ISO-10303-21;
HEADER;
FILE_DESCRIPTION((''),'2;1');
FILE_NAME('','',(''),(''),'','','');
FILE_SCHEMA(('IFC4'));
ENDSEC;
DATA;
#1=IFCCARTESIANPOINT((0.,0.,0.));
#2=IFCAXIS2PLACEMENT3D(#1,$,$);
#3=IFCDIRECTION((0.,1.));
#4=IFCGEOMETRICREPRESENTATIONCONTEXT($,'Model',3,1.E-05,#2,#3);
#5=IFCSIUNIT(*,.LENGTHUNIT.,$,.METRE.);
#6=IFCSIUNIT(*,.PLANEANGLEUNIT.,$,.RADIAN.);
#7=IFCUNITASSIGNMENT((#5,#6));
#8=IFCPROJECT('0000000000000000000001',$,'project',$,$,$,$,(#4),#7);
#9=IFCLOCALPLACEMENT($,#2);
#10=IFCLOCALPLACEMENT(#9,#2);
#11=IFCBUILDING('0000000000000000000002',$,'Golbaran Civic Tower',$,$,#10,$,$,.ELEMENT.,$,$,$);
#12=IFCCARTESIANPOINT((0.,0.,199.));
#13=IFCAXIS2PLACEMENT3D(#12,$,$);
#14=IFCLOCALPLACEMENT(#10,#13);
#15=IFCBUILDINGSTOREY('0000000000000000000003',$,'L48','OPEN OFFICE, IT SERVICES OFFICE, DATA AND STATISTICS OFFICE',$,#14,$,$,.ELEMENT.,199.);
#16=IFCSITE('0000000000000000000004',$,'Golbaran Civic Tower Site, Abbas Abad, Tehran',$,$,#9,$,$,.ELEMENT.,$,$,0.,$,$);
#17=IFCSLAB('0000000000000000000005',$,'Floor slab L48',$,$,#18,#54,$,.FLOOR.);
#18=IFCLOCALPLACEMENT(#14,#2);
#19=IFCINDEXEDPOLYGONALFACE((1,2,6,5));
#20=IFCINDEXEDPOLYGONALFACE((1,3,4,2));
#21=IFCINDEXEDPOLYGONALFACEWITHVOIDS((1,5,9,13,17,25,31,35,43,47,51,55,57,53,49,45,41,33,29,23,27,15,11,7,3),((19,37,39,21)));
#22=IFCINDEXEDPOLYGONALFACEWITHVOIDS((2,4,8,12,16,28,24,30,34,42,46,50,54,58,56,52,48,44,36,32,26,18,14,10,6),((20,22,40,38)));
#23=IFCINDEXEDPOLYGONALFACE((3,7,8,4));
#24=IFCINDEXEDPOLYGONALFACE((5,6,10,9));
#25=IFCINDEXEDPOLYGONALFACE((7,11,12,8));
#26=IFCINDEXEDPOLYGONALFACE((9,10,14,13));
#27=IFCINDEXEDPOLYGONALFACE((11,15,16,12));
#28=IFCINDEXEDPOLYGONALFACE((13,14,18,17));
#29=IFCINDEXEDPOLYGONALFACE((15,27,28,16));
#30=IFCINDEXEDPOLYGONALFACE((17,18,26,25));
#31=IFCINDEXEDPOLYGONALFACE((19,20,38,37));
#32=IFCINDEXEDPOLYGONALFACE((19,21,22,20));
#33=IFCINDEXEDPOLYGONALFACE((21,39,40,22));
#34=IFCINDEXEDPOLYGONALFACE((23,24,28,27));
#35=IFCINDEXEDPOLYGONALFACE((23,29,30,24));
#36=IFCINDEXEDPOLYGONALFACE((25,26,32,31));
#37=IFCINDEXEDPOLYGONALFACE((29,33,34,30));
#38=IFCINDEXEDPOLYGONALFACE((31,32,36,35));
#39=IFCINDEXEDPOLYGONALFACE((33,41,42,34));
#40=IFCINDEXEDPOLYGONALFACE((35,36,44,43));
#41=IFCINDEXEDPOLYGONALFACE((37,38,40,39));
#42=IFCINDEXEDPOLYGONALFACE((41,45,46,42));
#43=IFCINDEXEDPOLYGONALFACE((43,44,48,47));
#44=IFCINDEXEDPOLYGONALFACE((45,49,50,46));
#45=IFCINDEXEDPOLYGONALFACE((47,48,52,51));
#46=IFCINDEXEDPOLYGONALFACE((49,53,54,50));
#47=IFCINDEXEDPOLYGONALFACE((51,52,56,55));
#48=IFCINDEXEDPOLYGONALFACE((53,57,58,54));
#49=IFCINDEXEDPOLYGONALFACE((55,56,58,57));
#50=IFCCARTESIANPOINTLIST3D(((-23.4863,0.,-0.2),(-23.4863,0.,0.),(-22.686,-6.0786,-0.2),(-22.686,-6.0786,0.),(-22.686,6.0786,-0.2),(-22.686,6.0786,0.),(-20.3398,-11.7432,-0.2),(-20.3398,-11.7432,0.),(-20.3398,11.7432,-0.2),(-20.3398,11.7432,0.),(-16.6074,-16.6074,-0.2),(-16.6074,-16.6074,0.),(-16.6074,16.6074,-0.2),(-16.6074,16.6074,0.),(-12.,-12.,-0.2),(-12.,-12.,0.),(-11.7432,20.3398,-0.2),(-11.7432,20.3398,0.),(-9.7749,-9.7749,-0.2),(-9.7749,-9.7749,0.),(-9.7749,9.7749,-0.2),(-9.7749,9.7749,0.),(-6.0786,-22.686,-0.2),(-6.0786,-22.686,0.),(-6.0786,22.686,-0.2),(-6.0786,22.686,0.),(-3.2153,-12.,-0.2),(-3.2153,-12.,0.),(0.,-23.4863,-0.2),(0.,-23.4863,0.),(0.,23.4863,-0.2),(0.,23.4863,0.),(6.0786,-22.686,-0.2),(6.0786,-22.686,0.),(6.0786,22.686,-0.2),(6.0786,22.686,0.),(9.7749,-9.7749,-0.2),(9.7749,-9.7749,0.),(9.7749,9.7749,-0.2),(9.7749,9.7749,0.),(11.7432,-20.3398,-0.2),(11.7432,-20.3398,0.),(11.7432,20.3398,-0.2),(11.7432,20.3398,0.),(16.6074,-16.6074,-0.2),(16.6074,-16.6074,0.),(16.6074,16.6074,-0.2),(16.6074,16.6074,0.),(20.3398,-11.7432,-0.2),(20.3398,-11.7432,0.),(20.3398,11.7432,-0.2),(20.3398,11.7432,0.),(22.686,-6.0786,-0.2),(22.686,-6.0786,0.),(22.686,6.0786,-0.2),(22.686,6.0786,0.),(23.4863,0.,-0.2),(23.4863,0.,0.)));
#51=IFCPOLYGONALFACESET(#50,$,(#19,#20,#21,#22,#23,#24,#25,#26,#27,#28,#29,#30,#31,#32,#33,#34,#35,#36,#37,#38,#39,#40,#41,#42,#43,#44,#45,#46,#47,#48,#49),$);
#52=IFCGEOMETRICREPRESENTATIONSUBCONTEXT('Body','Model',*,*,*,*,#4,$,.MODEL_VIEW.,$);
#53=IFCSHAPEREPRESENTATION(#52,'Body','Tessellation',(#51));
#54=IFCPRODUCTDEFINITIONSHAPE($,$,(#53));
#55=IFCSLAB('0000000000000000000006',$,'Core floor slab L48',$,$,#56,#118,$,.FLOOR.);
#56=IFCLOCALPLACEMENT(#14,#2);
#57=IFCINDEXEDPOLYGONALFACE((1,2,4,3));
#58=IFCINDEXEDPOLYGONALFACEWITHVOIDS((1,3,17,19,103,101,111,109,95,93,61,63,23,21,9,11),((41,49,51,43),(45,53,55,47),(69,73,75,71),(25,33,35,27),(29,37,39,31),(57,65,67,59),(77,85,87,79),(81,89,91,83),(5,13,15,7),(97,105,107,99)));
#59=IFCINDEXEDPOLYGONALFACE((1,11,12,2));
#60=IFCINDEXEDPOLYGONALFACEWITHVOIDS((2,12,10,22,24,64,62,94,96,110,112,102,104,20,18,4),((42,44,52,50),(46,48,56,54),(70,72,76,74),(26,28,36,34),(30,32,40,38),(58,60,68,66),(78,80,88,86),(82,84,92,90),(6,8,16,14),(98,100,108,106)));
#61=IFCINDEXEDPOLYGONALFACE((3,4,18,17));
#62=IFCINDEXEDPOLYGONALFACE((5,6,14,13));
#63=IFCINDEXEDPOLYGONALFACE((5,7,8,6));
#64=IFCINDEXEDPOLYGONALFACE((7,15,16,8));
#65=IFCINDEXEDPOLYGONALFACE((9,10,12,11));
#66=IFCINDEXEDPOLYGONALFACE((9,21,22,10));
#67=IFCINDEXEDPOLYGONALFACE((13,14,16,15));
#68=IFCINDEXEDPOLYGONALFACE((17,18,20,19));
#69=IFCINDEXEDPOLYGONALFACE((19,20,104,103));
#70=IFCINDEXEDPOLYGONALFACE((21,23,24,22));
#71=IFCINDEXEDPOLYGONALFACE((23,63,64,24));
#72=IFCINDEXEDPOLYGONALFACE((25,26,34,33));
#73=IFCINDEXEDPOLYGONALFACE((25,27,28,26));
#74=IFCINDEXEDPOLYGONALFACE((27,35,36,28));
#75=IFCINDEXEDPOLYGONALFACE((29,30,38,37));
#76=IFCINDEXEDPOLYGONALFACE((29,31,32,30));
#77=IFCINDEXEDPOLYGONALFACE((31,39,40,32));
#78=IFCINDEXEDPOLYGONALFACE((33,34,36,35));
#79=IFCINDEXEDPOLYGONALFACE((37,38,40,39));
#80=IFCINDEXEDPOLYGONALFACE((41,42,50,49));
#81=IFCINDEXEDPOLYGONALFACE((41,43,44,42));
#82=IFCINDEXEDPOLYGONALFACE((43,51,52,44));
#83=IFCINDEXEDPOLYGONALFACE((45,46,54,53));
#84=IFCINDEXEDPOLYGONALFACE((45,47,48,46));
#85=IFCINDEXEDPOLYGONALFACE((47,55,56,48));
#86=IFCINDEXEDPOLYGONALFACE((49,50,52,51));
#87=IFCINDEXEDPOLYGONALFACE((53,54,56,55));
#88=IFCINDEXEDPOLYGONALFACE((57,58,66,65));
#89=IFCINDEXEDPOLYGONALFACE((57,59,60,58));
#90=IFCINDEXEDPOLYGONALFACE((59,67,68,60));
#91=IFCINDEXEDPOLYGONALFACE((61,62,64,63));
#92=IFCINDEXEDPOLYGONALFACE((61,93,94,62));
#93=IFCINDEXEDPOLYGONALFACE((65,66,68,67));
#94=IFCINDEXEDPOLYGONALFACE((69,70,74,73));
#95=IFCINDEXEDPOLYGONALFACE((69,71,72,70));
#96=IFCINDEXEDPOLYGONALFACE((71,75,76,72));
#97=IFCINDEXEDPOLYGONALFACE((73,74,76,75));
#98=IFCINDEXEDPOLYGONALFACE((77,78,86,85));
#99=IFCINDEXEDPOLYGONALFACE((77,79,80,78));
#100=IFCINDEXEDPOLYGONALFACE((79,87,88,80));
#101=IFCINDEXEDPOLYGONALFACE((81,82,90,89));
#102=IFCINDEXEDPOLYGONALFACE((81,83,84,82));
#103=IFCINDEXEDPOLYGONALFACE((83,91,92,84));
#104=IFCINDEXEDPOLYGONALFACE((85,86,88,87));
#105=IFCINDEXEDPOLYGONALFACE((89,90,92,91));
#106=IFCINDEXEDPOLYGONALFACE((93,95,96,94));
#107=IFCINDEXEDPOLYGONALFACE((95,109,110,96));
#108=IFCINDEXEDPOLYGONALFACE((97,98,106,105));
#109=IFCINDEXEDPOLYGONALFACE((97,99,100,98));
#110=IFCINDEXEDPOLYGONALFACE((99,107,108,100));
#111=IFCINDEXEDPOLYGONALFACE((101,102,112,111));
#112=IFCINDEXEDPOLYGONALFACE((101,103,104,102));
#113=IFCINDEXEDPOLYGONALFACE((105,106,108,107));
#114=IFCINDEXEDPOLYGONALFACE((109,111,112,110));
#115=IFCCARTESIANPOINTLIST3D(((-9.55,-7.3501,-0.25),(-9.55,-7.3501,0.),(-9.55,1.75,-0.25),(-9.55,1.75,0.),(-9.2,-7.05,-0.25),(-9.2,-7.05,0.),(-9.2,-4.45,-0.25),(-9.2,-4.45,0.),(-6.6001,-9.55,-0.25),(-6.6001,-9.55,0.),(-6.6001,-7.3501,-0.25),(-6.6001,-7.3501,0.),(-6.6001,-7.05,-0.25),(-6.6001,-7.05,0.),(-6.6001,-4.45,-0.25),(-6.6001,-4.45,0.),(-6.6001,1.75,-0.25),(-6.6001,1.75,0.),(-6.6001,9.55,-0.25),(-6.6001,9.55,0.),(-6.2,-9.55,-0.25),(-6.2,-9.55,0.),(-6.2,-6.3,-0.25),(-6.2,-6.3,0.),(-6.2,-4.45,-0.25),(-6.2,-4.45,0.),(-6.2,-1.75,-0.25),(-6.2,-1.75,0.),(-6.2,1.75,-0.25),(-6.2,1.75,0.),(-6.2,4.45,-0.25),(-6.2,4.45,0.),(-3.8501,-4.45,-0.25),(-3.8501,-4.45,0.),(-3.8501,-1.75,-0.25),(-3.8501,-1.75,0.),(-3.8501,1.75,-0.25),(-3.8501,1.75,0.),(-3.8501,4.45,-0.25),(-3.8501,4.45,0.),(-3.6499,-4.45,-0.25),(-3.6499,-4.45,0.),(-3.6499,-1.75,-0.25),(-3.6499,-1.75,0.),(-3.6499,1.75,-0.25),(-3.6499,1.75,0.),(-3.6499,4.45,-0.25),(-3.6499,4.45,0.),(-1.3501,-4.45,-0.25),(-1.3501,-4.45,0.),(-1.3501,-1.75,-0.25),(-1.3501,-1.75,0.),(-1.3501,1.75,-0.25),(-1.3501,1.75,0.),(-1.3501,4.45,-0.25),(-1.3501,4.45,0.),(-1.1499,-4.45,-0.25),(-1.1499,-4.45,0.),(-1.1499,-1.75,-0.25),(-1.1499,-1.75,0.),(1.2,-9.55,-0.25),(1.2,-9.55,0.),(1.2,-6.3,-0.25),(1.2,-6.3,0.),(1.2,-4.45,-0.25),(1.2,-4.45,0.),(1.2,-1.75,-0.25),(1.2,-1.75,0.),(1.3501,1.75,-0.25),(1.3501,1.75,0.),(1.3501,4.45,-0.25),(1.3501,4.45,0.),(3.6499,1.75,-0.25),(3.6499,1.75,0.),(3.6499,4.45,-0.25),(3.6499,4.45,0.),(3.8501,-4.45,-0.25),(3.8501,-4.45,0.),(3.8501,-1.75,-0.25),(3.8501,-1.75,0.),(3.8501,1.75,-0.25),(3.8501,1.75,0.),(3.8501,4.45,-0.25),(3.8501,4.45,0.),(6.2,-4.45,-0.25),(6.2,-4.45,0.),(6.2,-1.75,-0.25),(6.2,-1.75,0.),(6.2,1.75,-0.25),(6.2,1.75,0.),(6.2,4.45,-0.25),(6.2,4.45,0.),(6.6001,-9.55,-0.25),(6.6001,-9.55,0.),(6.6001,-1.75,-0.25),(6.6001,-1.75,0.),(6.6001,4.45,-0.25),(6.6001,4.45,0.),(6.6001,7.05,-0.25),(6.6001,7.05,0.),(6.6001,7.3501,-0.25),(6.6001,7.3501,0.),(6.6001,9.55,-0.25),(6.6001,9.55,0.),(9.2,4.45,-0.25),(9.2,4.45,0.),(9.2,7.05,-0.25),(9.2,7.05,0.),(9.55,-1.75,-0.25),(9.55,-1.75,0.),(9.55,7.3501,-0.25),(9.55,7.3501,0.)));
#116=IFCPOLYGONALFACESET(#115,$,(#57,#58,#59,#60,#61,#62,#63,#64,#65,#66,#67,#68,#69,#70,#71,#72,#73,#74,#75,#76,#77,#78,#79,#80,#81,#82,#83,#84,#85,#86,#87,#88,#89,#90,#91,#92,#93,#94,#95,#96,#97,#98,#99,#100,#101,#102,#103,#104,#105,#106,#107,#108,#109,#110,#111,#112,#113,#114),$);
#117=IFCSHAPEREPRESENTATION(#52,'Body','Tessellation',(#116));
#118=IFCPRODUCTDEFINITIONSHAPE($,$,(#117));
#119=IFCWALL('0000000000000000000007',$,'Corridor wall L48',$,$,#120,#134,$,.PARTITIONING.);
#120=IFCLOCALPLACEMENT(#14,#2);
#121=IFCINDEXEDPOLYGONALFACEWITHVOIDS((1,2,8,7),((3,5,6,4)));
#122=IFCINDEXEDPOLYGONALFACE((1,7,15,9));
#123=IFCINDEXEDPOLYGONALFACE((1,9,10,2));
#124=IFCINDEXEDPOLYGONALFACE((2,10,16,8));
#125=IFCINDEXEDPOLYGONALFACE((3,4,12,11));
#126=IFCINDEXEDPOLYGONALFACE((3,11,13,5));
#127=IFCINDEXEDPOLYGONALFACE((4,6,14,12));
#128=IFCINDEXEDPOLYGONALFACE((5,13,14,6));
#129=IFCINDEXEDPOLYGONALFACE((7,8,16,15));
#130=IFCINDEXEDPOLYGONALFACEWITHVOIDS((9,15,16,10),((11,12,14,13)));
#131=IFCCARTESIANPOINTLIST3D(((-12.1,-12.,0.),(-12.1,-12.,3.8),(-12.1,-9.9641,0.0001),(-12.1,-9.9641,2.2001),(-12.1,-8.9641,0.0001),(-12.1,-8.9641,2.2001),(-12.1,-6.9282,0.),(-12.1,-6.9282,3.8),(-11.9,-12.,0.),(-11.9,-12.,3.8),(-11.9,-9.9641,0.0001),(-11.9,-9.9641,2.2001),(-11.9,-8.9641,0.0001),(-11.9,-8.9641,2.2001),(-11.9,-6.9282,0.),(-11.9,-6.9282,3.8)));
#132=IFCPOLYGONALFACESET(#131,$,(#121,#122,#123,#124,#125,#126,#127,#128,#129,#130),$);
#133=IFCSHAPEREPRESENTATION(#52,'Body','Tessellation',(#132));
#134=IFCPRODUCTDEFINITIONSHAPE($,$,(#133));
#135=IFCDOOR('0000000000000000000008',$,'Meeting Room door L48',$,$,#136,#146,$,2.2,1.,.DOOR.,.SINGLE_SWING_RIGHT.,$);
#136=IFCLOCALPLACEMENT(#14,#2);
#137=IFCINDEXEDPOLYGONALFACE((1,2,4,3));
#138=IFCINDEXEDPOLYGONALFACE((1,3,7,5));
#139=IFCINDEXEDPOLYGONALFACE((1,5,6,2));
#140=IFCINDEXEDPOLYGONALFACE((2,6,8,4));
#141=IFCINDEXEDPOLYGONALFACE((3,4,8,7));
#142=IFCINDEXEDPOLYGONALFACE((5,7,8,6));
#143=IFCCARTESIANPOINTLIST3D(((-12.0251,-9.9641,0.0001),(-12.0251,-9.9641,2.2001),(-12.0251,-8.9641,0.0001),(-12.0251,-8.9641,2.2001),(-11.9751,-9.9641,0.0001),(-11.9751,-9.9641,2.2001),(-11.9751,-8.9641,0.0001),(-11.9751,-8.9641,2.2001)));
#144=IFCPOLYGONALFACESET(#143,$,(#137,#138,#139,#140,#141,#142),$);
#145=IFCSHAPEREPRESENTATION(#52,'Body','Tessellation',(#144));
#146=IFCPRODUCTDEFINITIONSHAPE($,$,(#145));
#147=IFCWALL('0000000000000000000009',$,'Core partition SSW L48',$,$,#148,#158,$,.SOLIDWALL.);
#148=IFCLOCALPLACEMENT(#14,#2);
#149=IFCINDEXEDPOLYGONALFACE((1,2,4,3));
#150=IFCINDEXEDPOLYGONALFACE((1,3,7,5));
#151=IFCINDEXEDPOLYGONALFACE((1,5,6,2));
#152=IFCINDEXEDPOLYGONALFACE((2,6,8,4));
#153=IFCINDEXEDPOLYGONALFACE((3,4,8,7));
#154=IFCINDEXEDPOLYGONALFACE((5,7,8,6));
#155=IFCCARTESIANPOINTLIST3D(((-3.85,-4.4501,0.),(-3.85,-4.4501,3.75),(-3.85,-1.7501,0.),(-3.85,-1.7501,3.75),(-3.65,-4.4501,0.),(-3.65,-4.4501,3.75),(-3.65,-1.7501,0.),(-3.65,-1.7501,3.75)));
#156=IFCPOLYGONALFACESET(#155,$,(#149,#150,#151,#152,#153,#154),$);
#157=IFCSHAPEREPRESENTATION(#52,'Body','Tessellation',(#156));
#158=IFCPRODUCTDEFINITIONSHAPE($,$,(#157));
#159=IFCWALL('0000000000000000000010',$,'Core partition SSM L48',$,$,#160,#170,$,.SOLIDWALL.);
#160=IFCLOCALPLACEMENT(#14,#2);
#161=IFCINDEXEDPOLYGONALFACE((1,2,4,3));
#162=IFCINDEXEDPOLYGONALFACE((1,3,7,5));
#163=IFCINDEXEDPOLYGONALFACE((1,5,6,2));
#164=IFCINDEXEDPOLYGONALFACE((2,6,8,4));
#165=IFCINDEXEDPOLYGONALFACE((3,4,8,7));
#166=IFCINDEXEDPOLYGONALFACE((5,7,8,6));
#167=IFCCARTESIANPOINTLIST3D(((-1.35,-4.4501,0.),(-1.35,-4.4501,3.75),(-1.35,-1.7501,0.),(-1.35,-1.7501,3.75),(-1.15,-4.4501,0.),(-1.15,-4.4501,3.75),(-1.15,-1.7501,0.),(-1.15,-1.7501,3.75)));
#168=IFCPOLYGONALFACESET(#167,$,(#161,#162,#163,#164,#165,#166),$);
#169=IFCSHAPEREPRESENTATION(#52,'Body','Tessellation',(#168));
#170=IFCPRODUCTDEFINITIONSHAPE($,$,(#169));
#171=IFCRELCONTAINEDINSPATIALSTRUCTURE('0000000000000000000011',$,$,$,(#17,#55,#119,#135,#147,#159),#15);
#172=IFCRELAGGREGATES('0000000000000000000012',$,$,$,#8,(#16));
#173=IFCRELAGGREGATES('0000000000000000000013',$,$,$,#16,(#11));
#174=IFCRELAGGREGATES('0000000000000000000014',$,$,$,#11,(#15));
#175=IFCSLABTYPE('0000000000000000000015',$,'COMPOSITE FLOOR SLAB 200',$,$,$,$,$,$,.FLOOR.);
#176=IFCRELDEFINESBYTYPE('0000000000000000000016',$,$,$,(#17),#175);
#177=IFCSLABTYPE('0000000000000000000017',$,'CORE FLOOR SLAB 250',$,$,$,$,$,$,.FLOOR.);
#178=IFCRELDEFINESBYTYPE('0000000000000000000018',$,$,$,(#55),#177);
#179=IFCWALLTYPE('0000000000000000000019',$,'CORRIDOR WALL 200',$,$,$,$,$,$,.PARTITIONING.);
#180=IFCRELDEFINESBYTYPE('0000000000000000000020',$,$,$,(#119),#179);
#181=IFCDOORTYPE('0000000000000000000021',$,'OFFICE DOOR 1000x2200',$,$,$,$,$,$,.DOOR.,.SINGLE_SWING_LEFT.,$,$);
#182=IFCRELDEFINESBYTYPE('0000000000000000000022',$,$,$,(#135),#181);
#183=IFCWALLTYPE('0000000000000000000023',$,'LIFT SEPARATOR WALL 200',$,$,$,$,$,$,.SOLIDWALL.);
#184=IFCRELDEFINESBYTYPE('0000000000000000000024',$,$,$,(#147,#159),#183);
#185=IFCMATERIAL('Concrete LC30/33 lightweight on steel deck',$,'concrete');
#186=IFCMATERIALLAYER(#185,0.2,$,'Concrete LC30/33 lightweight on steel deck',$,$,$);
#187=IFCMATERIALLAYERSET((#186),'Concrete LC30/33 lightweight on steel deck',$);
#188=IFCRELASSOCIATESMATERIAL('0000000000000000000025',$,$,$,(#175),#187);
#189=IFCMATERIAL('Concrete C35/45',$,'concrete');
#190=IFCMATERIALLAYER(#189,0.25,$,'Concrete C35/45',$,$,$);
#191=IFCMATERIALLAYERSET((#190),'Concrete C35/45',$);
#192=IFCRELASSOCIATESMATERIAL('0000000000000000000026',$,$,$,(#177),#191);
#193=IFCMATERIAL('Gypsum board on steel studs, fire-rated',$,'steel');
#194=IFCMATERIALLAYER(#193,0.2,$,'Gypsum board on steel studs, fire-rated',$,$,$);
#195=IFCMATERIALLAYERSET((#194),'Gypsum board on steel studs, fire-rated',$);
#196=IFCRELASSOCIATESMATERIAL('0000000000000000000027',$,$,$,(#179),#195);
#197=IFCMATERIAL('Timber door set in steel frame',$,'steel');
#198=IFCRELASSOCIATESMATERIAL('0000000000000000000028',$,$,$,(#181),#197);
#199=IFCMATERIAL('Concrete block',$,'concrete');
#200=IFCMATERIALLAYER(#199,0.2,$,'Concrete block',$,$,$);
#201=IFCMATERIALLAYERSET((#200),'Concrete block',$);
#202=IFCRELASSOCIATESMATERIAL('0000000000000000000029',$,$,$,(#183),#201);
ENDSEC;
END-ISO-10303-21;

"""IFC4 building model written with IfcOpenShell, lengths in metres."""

from ifc_helpers import new_model, si_unit, direction, frame, frame_2d, origin, place, context, subcontext, project, spatial, polyline, rectangle, outline, extrude, material, layer, layer_set, type_object, element, fill, save


model = new_model("IFC4")

# Units and contexts
model_context = context("Model", 3, precision=1e-05, world=origin(), true_north=direction((0.0, 1.0)))
body_context = subcontext(model_context, "Body", "Model", "MODEL_VIEW")
ifc_project = project(units=[si_unit("LENGTHUNIT", "METRE"), si_unit("PLANEANGLEUNIT", "RADIAN")], contexts=[model_context])

# Site, building, storey
site_placement = place(None, origin())
site = spatial("IfcSite", under=ifc_project, at=site_placement, Name="Golbaran Civic Tower Site, Abbas Abad, Tehran", CompositionType="ELEMENT", RefElevation=0.0)
building_placement = place(site_placement, origin())
building = spatial("IfcBuilding", under=site, at=building_placement, Name="Golbaran Civic Tower", CompositionType="ELEMENT")
storey_placement = place(building_placement, frame((0.0, 0.0, 199.0)))
storey = spatial("IfcBuildingStorey", under=building, at=storey_placement, Name="L48", Description="OPEN OFFICE, IT SERVICES OFFICE, DATA AND STATISTICS OFFICE", CompositionType="ELEMENT", Elevation=199.0)

# Slabs
ifc_material_1 = material(Name="Concrete LC30/33 lightweight on steel deck", Category="concrete")
ifc_layer_1 = layer(ifc_material_1, 0.2, Name="Concrete LC30/33 lightweight on steel deck")
ifc_layer_set_1 = layer_set([ifc_layer_1], Name="Concrete LC30/33 lightweight on steel deck")
slab_type_1 = type_object("IfcSlabType", Name="COMPOSITE FLOOR SLAB 200", PredefinedType="FLOOR", material=ifc_layer_set_1)
slab_1_placement = place(storey_placement, frame((0.0, 0.0, -0.2)))
element("IfcSlab", 1, at=slab_1_placement, inside=storey, type_object=slab_type_1, Name="Floor slab L48", PredefinedType="FLOOR", context=body_context, shape_type="SweptSolid", body=[
    extrude(outline(polyline([(16.6074, -16.6074), (11.7432, -20.3398), (6.0786, -22.686), (0.0, -23.4863), (-6.0786, -22.686), (-3.2153, -12.0), (-12.0, -12.0), (-16.6074, -16.6074), (-20.3398, -11.7432), (-22.686, -6.0786), (-23.4863, 0.0), (-22.686, 6.0786), (-20.3398, 11.7432), (-16.6074, 16.6074), (-11.7432, 20.3398), (-6.0786, 22.686), (0.0, 23.4863), (6.0786, 22.686), (11.7432, 20.3398), (16.6074, 16.6074), (20.3398, 11.7432), (22.686, 6.0786), (23.4863, 0.0), (22.686, -6.0786), (20.3398, -11.7432), (16.6074, -16.6074)]), holes=[polyline([(-9.7749, -9.7749), (9.7749, -9.7749), (9.7749, 9.7749), (-9.7749, 9.7749), (-9.7749, -9.7749)])]), origin(), (0.0, 0.0, 1.0), 0.2),
])
ifc_material_2 = material(Name="Concrete C35/45", Category="concrete")
ifc_layer_2 = layer(ifc_material_2, 0.25, Name="Concrete C35/45")
ifc_layer_set_2 = layer_set([ifc_layer_2], Name="Concrete C35/45")
slab_type_2 = type_object("IfcSlabType", Name="CORE FLOOR SLAB 250", PredefinedType="FLOOR", material=ifc_layer_set_2)
slab_2_placement = place(storey_placement, frame((0.0, 0.0, -0.25)))
element("IfcSlab", 2, at=slab_2_placement, inside=storey, type_object=slab_type_2, Name="Core floor slab L48", PredefinedType="FLOOR", context=body_context, shape_type="SweptSolid", body=[
    extrude(outline(polyline([(6.6001, -1.75), (6.6001, -9.55), (1.2, -9.55), (1.2, -6.3), (-6.2, -6.3), (-6.2, -9.55), (-6.6001, -9.55), (-6.6001, -7.3501), (-9.55, -7.3501), (-9.55, 1.75), (-6.6001, 1.75), (-6.6001, 9.55), (6.6001, 9.55), (6.6001, 7.3501), (9.55, 7.3501), (9.55, -1.75), (6.6001, -1.75)]), holes=[polyline([(9.2, 7.05), (6.6001, 7.05), (6.6001, 4.45), (9.2, 4.45), (9.2, 7.05)]), polyline([(6.2, -1.75), (3.8501, -1.75), (3.8501, -4.45), (6.2, -4.45), (6.2, -1.75)]), polyline([(6.2, 4.45), (3.8501, 4.45), (3.8501, 1.75), (6.2, 1.75), (6.2, 4.45)]), polyline([(3.6499, 4.45), (1.3501, 4.45), (1.3501, 1.75), (3.6499, 1.75), (3.6499, 4.45)]), polyline([(1.2, -1.75), (-1.1499, -1.75), (-1.1499, -4.45), (1.2, -4.45), (1.2, -1.75)]), polyline([(-1.3501, 4.45), (-3.6499, 4.45), (-3.6499, 1.75), (-1.3501, 1.75), (-1.3501, 4.45)]), polyline([(-1.3501, -1.75), (-3.6499, -1.75), (-3.6499, -4.45), (-1.3501, -4.45), (-1.3501, -1.75)]), polyline([(-3.8501, -1.75), (-6.2, -1.75), (-6.2, -4.45), (-3.8501, -4.45), (-3.8501, -1.75)]), polyline([(-3.8501, 4.45), (-6.2, 4.45), (-6.2, 1.75), (-3.8501, 1.75), (-3.8501, 4.45)]), polyline([(-6.6001, -4.45), (-9.2, -4.45), (-9.2, -7.05), (-6.6001, -7.05), (-6.6001, -4.45)])]), origin(), (0.0, 0.0, 1.0), 0.25),
])

# Wall, opening, door
ifc_material_3 = material(Name="Gypsum board on steel studs, fire-rated", Category="steel")
ifc_layer_3 = layer(ifc_material_3, 0.2, Name="Gypsum board on steel studs, fire-rated")
ifc_layer_set_3 = layer_set([ifc_layer_3], Name="Gypsum board on steel studs, fire-rated")
wall_type_1 = type_object("IfcWallType", Name="CORRIDOR WALL 200", PredefinedType="PARTITIONING", material=ifc_layer_set_3)
wall_1_placement = place(storey_placement, frame((-12.0, -6.9282, 0.0), z_axis=(0.0, 0.0, 1.0), x_axis=(0.0, -1.0, 0.0)))
wall_1 = element("IfcWall", 3, at=wall_1_placement, inside=storey, type_object=wall_type_1, Name="Corridor wall L48", PredefinedType="PARTITIONING", context=body_context, shape_type="SweptSolid", body=[
    extrude(rectangle(XDim=5.0718, YDim=0.2, at=frame_2d((2.5359, 0.0))), origin(), (0.0, 0.0, 1.0), 3.8),
])
opening_1_placement = place(wall_1_placement, frame((2.0359, 0.0, 0.0)))
opening_1 = element("IfcOpeningElement", 4, at=opening_1_placement, cuts=wall_1, PredefinedType="OPENING", context=body_context, shape_type="SweptSolid", body=[
    extrude(rectangle(XDim=1.0, YDim=2.2, at=frame_2d((0.5, 1.1001))), frame((0.0, 0.1099, 0.0), z_axis=(0.0, -1.0, 0.0), x_axis=(1.0, 0.0, 0.0)), (0.0, 0.0, 1.0), 0.22),
])
ifc_material_4 = material(Name="Timber door set in steel frame", Category="steel")
door_type_1 = type_object("IfcDoorType", Name="OFFICE DOOR 1000x2200", OperationType="SINGLE_SWING_LEFT", PredefinedType="DOOR", material=ifc_material_4)
door_1_placement = place(opening_1_placement, origin())
door_1 = element("IfcDoor", 5, at=door_1_placement, inside=storey, type_object=door_type_1, Name="Meeting Room door L48", OperationType="SINGLE_SWING_RIGHT", OverallHeight=2.2, OverallWidth=1.0, PredefinedType="DOOR", context=body_context, shape_type="SweptSolid", body=[
    extrude(rectangle(XDim=1.0, YDim=2.2, at=frame_2d((0.5, 1.1001))), frame((0.0, 0.0249, 0.0), z_axis=(0.0, -1.0, 0.0), x_axis=(1.0, 0.0, 0.0)), (0.0, 0.0, 1.0), 0.05),
])
fill(opening_1, door_1)

# Walls
ifc_material_5 = material(Name="Concrete block", Category="concrete")
ifc_layer_4 = layer(ifc_material_5, 0.2, Name="Concrete block")
ifc_layer_set_4 = layer_set([ifc_layer_4], Name="Concrete block")
wall_type_2 = type_object("IfcWallType", Name="LIFT SEPARATOR WALL 200", PredefinedType="SOLIDWALL", material=ifc_layer_set_4)
for number, where, z_axis, x_axis, name in (
    (6, (-3.75, -1.75, 0.0), (0.0, 0.0, 1.0), (0.0, -1.0, 0.0), "Core partition SSW L48"),
    (7, (-1.25, -1.75, 0.0), (0.0, 0.0, 1.0), (0.0, -1.0, 0.0), "Core partition SSM L48"),
):
    element("IfcWall", number, at=place(storey_placement, frame(where, z_axis=z_axis, x_axis=x_axis)), inside=storey, type_object=wall_type_2, Name=name, PredefinedType="SOLIDWALL", context=body_context, shape_type="SweptSolid", body=[
        extrude(rectangle(XDim=2.7, YDim=0.2, at=frame_2d((1.3501, 0.0))), origin(), (0.0, 0.0, 1.0), 3.75),
    ])

save(model, "model.ifc")
